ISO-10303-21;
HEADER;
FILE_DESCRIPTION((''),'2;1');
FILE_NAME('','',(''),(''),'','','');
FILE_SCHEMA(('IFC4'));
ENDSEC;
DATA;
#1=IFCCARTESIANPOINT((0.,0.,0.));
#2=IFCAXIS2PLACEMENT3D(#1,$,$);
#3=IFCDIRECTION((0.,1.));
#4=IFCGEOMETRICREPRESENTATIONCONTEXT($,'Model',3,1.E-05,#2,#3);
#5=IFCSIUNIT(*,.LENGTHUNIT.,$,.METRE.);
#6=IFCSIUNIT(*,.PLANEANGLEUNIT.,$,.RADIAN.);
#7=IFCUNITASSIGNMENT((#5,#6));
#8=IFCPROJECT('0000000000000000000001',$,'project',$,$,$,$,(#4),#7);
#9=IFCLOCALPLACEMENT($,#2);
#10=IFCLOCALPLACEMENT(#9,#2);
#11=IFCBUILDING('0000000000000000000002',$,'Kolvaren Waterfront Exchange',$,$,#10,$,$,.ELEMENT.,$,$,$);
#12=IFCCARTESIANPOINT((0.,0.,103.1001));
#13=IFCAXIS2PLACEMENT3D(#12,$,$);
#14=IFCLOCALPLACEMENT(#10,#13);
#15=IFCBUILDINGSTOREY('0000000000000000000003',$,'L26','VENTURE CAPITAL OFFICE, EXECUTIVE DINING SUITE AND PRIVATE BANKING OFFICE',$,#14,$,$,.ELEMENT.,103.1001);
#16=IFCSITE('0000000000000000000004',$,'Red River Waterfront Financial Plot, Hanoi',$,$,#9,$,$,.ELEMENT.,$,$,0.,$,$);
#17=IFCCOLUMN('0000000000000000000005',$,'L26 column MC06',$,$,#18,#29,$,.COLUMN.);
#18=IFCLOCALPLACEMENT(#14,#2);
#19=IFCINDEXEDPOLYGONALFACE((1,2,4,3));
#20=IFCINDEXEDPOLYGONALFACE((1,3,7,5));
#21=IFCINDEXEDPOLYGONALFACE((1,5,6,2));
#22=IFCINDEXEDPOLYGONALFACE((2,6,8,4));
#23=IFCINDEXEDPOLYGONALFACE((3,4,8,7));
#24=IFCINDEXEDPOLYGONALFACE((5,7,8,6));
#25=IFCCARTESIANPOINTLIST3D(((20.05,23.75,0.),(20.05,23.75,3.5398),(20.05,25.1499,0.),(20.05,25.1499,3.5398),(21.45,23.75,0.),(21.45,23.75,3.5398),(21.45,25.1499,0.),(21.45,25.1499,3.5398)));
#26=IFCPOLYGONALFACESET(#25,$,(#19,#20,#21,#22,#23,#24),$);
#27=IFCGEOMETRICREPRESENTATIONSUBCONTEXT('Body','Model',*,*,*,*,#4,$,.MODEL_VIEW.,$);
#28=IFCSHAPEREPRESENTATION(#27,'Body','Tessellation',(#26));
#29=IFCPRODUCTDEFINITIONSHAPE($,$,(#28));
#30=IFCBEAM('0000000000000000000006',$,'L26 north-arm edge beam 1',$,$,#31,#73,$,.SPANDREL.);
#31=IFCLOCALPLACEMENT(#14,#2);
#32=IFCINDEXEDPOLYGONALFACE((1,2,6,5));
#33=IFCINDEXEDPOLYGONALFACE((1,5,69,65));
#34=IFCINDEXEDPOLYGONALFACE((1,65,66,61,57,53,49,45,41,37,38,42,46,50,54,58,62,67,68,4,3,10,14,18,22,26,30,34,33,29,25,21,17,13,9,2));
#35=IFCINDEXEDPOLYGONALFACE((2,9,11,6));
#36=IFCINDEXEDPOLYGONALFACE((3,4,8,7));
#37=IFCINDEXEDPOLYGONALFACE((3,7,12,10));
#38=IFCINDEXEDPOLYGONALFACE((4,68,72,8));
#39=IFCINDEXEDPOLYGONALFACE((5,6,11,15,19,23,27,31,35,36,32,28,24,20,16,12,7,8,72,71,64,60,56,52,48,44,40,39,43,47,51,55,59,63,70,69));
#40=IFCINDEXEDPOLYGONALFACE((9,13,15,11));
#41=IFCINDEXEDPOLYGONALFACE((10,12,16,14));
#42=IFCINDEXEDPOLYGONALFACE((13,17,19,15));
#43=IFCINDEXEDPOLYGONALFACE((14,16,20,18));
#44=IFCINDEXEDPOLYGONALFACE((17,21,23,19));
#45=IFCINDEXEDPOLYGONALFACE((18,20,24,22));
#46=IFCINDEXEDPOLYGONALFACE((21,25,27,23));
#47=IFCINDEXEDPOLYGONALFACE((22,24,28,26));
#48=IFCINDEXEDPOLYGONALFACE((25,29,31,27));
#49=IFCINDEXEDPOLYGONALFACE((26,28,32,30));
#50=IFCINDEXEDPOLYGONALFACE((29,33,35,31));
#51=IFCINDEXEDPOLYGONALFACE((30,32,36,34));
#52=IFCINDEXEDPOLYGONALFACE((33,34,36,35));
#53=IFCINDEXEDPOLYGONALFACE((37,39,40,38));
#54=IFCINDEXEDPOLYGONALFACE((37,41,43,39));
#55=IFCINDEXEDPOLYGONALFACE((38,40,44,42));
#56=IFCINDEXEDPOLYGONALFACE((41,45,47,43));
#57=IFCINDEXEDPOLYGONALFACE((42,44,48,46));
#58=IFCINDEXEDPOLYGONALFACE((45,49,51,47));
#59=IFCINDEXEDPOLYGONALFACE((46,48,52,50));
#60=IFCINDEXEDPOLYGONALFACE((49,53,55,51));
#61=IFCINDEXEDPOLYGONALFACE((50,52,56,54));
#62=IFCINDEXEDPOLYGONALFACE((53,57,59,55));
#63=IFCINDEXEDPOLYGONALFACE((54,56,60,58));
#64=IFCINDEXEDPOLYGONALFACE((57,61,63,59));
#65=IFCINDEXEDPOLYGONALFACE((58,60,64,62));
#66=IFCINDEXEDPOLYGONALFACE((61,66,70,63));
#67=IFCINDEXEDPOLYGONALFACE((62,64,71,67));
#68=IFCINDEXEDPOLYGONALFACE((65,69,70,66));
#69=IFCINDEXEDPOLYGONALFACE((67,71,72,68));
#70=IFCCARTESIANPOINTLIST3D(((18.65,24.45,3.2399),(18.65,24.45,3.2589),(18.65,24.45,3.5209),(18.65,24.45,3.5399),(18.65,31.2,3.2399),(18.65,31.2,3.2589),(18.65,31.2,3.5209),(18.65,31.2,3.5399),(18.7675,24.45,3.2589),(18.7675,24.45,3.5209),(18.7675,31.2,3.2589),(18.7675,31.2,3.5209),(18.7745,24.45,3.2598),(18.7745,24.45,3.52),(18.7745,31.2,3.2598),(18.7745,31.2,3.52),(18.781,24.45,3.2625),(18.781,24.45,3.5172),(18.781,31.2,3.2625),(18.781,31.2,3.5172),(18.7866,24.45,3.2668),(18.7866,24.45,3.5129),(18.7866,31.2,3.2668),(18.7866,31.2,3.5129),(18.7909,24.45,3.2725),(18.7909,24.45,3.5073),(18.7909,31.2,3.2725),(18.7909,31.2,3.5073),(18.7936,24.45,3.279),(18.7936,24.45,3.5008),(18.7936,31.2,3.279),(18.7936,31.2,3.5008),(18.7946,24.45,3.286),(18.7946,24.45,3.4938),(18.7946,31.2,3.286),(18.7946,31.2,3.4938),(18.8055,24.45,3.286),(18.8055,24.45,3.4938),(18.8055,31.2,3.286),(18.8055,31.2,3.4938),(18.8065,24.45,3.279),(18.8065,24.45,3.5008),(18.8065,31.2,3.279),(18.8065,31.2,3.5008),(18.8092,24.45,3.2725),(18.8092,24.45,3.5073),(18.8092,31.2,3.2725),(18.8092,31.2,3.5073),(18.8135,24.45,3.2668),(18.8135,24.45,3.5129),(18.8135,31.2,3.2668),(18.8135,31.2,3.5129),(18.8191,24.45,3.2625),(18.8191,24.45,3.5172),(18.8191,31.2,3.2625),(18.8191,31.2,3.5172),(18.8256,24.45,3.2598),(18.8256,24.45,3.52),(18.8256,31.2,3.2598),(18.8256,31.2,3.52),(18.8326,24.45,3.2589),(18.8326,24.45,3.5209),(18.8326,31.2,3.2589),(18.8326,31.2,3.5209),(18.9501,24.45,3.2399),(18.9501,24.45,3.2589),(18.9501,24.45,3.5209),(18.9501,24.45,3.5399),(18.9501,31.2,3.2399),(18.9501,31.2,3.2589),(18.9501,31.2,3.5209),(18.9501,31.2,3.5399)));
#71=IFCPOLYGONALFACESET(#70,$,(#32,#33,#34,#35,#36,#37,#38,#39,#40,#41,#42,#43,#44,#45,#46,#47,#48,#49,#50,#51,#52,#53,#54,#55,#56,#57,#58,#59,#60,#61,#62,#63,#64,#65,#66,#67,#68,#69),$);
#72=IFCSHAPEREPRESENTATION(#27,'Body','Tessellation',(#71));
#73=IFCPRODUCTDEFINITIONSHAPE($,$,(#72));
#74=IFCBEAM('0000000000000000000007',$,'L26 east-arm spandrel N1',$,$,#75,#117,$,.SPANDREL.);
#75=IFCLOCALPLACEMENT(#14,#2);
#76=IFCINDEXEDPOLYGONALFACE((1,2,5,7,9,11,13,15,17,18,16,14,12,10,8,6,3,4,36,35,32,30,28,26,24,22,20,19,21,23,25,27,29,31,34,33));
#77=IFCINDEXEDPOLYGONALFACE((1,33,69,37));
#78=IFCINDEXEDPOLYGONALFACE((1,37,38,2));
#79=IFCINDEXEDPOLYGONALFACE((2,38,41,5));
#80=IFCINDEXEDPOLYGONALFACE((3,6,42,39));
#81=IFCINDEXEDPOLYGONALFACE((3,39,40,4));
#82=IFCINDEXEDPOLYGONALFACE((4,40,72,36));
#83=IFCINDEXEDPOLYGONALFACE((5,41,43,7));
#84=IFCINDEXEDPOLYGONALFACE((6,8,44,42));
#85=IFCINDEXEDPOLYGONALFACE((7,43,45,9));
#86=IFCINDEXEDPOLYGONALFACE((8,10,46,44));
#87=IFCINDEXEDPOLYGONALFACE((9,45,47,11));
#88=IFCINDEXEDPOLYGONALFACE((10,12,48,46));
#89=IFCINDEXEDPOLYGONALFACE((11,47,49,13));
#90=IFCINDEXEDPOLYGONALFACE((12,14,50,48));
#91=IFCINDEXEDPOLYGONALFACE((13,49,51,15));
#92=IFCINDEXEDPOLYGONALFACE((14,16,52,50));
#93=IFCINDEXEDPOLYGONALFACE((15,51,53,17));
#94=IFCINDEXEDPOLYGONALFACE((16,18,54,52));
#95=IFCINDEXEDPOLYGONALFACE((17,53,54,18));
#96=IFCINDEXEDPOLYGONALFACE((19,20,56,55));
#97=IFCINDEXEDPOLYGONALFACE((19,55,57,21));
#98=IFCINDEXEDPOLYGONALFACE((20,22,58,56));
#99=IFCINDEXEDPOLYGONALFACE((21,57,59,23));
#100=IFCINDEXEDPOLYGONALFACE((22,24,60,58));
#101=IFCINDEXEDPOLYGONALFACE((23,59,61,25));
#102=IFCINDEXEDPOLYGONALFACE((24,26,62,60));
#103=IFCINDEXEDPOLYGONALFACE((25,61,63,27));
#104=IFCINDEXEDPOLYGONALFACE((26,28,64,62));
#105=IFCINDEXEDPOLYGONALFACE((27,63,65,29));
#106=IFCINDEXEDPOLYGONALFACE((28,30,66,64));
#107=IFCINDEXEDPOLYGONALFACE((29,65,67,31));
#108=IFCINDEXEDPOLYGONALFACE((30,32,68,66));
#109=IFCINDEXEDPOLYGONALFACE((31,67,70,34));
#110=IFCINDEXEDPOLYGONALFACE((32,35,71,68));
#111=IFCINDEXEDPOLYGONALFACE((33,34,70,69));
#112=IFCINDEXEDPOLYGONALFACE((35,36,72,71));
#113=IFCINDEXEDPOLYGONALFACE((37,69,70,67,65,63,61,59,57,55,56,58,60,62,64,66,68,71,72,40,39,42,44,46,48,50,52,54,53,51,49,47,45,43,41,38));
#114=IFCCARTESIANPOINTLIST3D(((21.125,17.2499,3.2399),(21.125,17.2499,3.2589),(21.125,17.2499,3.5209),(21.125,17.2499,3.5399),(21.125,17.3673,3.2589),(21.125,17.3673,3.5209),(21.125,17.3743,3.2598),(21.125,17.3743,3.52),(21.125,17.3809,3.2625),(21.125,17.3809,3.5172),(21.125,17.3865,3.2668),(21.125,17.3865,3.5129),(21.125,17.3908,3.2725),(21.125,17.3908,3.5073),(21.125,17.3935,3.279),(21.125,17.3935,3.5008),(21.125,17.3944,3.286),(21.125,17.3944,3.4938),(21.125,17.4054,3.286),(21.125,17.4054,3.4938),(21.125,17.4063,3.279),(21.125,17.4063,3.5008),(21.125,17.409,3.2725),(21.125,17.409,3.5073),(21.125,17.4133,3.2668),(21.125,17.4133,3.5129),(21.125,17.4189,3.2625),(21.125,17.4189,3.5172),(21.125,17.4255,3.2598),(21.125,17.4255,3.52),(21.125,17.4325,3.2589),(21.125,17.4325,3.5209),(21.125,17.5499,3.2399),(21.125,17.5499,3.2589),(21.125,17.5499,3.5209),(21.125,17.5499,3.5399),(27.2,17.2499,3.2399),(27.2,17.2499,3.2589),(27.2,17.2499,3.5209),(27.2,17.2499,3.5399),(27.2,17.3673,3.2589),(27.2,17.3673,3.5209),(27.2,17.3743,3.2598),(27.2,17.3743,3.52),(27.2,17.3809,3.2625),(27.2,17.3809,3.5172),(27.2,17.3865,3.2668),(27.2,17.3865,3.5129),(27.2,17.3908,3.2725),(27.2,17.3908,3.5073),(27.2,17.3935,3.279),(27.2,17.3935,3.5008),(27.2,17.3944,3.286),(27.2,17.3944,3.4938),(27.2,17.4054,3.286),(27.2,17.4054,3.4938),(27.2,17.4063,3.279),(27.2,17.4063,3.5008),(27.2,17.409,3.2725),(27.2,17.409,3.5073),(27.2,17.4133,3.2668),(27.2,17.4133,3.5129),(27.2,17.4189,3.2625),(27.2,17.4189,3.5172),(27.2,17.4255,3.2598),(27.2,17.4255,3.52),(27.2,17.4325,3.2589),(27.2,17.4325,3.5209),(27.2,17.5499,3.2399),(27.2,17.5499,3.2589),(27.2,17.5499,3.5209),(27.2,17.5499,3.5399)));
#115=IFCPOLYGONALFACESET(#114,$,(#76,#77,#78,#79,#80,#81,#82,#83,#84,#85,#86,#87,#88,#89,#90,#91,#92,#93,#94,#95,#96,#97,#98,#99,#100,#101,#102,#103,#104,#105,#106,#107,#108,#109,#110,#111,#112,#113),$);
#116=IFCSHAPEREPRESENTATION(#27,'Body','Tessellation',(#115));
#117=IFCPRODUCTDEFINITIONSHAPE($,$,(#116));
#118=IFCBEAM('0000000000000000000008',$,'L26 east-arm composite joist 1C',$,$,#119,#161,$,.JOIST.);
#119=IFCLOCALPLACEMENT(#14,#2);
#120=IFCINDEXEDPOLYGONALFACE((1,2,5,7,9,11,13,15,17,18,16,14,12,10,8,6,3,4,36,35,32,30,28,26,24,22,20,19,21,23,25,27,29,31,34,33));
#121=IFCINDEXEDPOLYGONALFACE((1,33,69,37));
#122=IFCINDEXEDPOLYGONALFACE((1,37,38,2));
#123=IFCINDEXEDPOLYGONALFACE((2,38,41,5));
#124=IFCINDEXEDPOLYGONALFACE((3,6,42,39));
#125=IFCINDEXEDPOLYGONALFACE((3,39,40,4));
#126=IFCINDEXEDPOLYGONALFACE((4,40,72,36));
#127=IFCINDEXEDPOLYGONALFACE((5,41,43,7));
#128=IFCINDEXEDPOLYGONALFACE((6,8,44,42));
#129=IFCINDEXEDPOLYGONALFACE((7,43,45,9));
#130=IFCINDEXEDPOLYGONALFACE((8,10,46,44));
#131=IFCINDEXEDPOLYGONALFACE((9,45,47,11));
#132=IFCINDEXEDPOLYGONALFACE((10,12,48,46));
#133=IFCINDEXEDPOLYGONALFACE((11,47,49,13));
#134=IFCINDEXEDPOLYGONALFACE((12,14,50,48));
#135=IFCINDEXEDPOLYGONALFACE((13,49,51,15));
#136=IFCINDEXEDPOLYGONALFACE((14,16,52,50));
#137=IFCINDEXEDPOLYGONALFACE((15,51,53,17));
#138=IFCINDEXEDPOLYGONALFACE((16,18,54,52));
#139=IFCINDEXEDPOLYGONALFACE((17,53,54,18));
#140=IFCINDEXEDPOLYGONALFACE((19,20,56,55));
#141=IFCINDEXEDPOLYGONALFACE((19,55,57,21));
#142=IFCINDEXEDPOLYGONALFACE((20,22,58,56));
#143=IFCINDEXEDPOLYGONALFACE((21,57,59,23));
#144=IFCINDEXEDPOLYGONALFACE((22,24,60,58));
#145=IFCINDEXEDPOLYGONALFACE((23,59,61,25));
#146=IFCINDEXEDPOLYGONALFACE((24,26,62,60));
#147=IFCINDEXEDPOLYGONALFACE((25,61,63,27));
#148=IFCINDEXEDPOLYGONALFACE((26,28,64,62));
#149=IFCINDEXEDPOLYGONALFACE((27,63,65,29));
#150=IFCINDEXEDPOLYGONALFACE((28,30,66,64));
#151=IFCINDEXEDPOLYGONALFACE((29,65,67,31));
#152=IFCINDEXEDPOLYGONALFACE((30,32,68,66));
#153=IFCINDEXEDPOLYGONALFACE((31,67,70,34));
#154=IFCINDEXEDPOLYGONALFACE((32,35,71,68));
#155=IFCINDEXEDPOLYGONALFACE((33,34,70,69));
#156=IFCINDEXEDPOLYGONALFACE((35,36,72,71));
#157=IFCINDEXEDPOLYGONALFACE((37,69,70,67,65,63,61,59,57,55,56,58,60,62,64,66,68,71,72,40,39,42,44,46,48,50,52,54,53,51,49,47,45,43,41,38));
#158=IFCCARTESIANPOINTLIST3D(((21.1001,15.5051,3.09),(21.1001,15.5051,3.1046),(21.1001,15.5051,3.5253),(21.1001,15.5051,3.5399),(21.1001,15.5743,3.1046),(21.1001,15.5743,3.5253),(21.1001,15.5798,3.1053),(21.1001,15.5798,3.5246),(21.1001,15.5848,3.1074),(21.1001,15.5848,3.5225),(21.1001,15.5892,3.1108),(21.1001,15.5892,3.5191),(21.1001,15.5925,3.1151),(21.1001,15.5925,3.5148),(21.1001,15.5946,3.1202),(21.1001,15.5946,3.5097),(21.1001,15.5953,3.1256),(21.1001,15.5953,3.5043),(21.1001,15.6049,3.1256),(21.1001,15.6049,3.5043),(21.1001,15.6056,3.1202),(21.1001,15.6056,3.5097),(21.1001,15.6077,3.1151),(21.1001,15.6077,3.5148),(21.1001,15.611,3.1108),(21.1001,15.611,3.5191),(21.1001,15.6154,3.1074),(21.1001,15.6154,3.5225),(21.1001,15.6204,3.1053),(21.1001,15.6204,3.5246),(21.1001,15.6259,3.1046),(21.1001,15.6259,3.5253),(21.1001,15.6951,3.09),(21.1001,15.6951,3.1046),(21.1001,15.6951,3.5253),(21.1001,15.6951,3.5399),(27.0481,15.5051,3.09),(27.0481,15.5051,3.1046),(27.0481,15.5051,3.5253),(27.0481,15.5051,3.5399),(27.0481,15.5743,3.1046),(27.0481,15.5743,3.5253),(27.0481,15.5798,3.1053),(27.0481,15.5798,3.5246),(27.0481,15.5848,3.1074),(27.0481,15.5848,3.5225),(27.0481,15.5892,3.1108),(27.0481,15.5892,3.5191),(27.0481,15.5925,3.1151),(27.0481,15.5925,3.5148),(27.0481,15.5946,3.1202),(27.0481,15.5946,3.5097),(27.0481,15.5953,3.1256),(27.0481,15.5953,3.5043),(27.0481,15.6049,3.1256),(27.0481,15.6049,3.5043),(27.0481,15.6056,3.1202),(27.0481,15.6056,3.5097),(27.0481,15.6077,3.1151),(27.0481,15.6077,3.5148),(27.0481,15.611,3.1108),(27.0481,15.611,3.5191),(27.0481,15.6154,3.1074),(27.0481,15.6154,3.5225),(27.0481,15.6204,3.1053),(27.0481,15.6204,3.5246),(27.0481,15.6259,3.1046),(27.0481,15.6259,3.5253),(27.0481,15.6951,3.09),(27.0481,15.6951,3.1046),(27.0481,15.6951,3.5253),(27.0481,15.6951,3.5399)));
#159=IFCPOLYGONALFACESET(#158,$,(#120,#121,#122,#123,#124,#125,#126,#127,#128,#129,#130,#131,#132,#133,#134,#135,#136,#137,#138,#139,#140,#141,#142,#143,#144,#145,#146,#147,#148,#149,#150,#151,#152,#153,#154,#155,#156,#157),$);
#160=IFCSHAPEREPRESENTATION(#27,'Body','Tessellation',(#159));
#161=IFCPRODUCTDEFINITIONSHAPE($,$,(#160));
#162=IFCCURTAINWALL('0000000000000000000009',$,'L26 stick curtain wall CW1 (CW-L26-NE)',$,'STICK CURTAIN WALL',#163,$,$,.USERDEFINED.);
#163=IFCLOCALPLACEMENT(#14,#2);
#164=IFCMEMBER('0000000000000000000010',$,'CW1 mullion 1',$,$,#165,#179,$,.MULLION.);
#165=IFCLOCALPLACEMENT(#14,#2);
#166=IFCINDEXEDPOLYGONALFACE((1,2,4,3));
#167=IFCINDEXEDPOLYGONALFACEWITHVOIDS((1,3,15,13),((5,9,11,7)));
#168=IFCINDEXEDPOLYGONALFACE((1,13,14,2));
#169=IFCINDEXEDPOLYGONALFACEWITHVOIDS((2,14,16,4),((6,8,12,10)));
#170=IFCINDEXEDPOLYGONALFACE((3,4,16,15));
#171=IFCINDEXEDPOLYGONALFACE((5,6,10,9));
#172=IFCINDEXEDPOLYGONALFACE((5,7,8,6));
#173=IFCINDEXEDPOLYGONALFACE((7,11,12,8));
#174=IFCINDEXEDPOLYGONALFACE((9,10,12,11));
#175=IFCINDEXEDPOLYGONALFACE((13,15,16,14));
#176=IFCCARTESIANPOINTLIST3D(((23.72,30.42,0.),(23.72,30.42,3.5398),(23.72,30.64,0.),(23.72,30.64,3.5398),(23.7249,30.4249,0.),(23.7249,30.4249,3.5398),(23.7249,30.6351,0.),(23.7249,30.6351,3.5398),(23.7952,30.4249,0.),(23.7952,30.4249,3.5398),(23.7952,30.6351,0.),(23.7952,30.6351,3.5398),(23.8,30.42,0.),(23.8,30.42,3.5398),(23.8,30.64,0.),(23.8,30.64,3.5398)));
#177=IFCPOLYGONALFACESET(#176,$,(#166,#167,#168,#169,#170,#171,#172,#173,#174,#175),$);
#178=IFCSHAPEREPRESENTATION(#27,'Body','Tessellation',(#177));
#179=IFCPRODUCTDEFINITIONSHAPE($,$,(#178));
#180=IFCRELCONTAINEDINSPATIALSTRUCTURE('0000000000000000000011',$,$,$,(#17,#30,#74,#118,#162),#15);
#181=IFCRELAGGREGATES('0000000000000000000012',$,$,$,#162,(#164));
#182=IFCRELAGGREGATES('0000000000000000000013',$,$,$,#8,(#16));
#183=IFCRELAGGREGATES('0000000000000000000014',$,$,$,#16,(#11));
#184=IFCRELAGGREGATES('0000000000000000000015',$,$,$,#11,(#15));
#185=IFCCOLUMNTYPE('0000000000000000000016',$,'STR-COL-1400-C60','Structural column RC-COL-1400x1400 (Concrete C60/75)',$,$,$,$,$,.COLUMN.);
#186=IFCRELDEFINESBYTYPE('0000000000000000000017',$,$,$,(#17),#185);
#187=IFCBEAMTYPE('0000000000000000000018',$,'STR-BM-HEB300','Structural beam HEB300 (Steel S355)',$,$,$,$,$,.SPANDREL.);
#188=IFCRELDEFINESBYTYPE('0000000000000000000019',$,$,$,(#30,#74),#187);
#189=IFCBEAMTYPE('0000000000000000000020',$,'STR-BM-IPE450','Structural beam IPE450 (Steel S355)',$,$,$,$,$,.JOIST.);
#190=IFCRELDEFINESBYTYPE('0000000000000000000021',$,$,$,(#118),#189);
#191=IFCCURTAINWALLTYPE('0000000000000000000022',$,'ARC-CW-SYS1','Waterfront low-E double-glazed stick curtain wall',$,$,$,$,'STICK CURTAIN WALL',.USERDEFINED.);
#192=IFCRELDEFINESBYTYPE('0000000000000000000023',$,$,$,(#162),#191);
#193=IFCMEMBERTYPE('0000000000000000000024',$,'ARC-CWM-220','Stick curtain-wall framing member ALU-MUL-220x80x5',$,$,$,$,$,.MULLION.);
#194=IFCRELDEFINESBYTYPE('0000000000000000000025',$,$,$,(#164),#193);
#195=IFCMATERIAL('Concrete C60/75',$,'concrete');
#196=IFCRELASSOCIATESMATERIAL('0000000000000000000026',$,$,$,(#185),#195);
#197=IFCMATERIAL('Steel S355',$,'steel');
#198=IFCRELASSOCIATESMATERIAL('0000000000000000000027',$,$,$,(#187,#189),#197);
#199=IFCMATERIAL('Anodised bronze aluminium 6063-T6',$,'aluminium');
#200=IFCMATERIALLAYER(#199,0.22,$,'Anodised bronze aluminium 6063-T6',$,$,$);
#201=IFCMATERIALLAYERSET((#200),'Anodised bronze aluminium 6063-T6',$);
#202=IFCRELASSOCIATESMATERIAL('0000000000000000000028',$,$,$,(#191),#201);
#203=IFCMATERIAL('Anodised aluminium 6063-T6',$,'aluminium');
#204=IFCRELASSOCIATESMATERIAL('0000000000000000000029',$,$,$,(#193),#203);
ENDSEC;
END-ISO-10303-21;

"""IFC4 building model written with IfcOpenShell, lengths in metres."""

from ifc_helpers import new_model, si_unit, direction, frame, origin, origin_with_axes, origin_2d, place, context, subcontext, project, spatial, rectangle, hollow_rectangle, i_section, extrude, source, transform, mapped, material, layer, layer_set, material_profile, profile_set, type_object, element, aggregate, save


model = new_model("IFC4")

# Units and contexts
model_context = context("Model", 3, precision=1e-05, world=origin(), true_north=direction((0.0, 1.0)))
body_context = subcontext(model_context, "Body", "Model", "MODEL_VIEW")
ifc_project = project(units=[si_unit("LENGTHUNIT", "METRE"), si_unit("PLANEANGLEUNIT", "RADIAN")], contexts=[model_context])

# Site, building, storey
site_placement = place(None, origin())
site = spatial("IfcSite", under=ifc_project, at=site_placement, Name="Red River Waterfront Financial Plot, Hanoi", CompositionType="ELEMENT", RefElevation=0.0)
building_placement = place(site_placement, origin())
building = spatial("IfcBuilding", under=site, at=building_placement, Name="Kolvaren Waterfront Exchange", CompositionType="ELEMENT")
storey_placement = place(building_placement, frame((0.0, 0.0, 103.1001)))
storey = spatial("IfcBuildingStorey", under=building, at=storey_placement, Name="L26", Description="VENTURE CAPITAL OFFICE, EXECUTIVE DINING SUITE AND PRIVATE BANKING OFFICE", CompositionType="ELEMENT", Elevation=103.1001)

# Column
ifc_material_1 = material(Name="Concrete C60/75", Category="concrete")
ifc_material_profile_1 = material_profile(ifc_material_1, rectangle(XDim=1.3999, YDim=1.3999, at=origin_2d()), Name="RC-COL-1400x1400")
ifc_profile_set_1 = profile_set([ifc_material_profile_1], Name="Concrete C60/75")
column_type = type_object("IfcColumnType", Name="STR-COL-1400-C60", Description="Structural column RC-COL-1400x1400 (Concrete C60/75)", PredefinedType="COLUMN", material=ifc_profile_set_1)
column_placement = place(storey_placement, frame((20.75, 24.45, 0.0), z_axis=(0.0, 0.0, 1.0), x_axis=(1.0, 0.0, 0.0)))
element("IfcColumn", 1, at=column_placement, inside=storey, type_object=column_type, Name="L26 column MC06", PredefinedType="COLUMN", context=body_context, shape_type="SweptSolid", body=[
    extrude(rectangle(XDim=1.3999, YDim=1.3999, at=origin_2d()), origin(), (0.0, 0.0, 1.0), 3.5398),
])

# Beams
ifc_material_2 = material(Name="Steel S355", Category="steel")
ifc_material_profile_2 = material_profile(ifc_material_2, i_section(OverallWidth=0.3, OverallDepth=0.3, WebThickness=0.011, FlangeThickness=0.019, FilletRadius=0.0271, at=origin_2d()), Name="HEB300")
ifc_profile_set_2 = profile_set([ifc_material_profile_2], Name="Steel S355")
beam_type_1 = type_object("IfcBeamType", Name="STR-BM-HEB300", Description="Structural beam HEB300 (Steel S355)", PredefinedType="SPANDREL", material=ifc_profile_set_2)
beam_1_placement = place(storey_placement, frame((18.8, 24.45, 3.3899), z_axis=(0.0, 1.0, 0.0), x_axis=(-1.0, 0.0, 0.0)))
element("IfcBeam", 2, at=beam_1_placement, inside=storey, type_object=beam_type_1, Name="L26 north-arm edge beam 1", PredefinedType="SPANDREL", context=body_context, shape_type="SweptSolid", body=[
    extrude(i_section(OverallWidth=0.3, OverallDepth=0.3, WebThickness=0.011, FlangeThickness=0.019, FilletRadius=0.0271, at=origin_2d()), origin(), (0.0, 0.0, 1.0), 6.75),
])
beam_2_placement = place(storey_placement, frame((21.125, 17.3999, 3.3899), z_axis=(1.0, 0.0, 0.0), x_axis=(0.0, 1.0, 0.0)))
element("IfcBeam", 3, at=beam_2_placement, inside=storey, type_object=beam_type_1, Name="L26 east-arm spandrel N1", PredefinedType="SPANDREL", context=body_context, shape_type="SweptSolid", body=[
    extrude(i_section(OverallWidth=0.3, OverallDepth=0.3, WebThickness=0.011, FlangeThickness=0.019, FilletRadius=0.0271, at=origin_2d()), origin(), (0.0, 0.0, 1.0), 6.075),
])
ifc_material_profile_3 = material_profile(ifc_material_2, i_section(OverallWidth=0.1899, OverallDepth=0.45, WebThickness=0.0095, FlangeThickness=0.0146, FilletRadius=0.021, at=origin_2d()), Name="IPE450")
ifc_profile_set_3 = profile_set([ifc_material_profile_3], Name="Steel S355")
beam_type_2 = type_object("IfcBeamType", Name="STR-BM-IPE450", Description="Structural beam IPE450 (Steel S355)", PredefinedType="JOIST", material=ifc_profile_set_3)
beam_3_placement = place(storey_placement, frame((21.1001, 15.6001, 3.3149), z_axis=(1.0, 0.0, 0.0), x_axis=(0.0, 1.0, 0.0)))
element("IfcBeam", 4, at=beam_3_placement, inside=storey, type_object=beam_type_2, Name="L26 east-arm composite joist 1C", PredefinedType="JOIST", context=body_context, shape_type="SweptSolid", body=[
    extrude(i_section(OverallWidth=0.1899, OverallDepth=0.45, WebThickness=0.0095, FlangeThickness=0.0146, FilletRadius=0.021, at=origin_2d()), origin(), (0.0, 0.0, 1.0), 5.948),
])

# Curtain wall, member
ifc_material_3 = material(Name="Anodised bronze aluminium 6063-T6", Category="aluminium")
ifc_layer_1 = layer(ifc_material_3, 0.22, Name="Anodised bronze aluminium 6063-T6")
ifc_layer_set_1 = layer_set([ifc_layer_1], Name="Anodised bronze aluminium 6063-T6")
curtain_wall_type = type_object("IfcCurtainWallType", Name="ARC-CW-SYS1", Description="Waterfront low-E double-glazed stick curtain wall", ElementType="STICK CURTAIN WALL", PredefinedType="USERDEFINED", material=ifc_layer_set_1)
curtain_wall_placement = place(storey_placement, origin())
curtain_wall = element("IfcCurtainWall", 5, at=curtain_wall_placement, inside=storey, type_object=curtain_wall_type, Name="L26 stick curtain wall CW1 (CW-L26-NE)", ObjectType="STICK CURTAIN WALL", PredefinedType="USERDEFINED")
ifc_material_4 = material(Name="Anodised aluminium 6063-T6", Category="aluminium")
ifc_material_profile_4 = material_profile(ifc_material_4, hollow_rectangle(XDim=0.0801, YDim=0.22, WallThickness=0.0049, at=origin_2d()), Name="ALU-MUL-220x80x5")
ifc_profile_set_4 = profile_set([ifc_material_profile_4], Name="Anodised aluminium 6063-T6")
member_type_1 = type_object("IfcMemberType", Name="ARC-CWM-220", Description="Stick curtain-wall framing member ALU-MUL-220x80x5", PredefinedType="MULLION", material=ifc_profile_set_4)
shared_shape_1 = source(origin_with_axes(), body_context, "Body", "SweptSolid", [
    extrude(hollow_rectangle(XDim=0.0801, YDim=0.22, WallThickness=0.0049, at=origin_2d()), origin(), (0.0, 0.0, 1.0), 3.5398),
])
member_1_placement = place(storey_placement, frame((23.76, 30.53, 0.0), z_axis=(0.0, 0.0, 1.0), x_axis=(-1.0, 0.0, 0.0)))
member_1 = element("IfcMember", 6, at=member_1_placement, type_object=member_type_1, Name="CW1 mullion 1", PredefinedType="MULLION", context=body_context, shape_type="MappedRepresentation", body=[
    mapped(shared_shape_1, transform((0.0, 0.0, 0.0), x_axis=(1.0, 0.0, 0.0), y_axis=(0.0, 1.0, 0.0), z_axis=(0.0, 0.0, 1.0), scale=1.0)),
])
aggregate(curtain_wall, [member_1])

save(model, "model.ifc")
